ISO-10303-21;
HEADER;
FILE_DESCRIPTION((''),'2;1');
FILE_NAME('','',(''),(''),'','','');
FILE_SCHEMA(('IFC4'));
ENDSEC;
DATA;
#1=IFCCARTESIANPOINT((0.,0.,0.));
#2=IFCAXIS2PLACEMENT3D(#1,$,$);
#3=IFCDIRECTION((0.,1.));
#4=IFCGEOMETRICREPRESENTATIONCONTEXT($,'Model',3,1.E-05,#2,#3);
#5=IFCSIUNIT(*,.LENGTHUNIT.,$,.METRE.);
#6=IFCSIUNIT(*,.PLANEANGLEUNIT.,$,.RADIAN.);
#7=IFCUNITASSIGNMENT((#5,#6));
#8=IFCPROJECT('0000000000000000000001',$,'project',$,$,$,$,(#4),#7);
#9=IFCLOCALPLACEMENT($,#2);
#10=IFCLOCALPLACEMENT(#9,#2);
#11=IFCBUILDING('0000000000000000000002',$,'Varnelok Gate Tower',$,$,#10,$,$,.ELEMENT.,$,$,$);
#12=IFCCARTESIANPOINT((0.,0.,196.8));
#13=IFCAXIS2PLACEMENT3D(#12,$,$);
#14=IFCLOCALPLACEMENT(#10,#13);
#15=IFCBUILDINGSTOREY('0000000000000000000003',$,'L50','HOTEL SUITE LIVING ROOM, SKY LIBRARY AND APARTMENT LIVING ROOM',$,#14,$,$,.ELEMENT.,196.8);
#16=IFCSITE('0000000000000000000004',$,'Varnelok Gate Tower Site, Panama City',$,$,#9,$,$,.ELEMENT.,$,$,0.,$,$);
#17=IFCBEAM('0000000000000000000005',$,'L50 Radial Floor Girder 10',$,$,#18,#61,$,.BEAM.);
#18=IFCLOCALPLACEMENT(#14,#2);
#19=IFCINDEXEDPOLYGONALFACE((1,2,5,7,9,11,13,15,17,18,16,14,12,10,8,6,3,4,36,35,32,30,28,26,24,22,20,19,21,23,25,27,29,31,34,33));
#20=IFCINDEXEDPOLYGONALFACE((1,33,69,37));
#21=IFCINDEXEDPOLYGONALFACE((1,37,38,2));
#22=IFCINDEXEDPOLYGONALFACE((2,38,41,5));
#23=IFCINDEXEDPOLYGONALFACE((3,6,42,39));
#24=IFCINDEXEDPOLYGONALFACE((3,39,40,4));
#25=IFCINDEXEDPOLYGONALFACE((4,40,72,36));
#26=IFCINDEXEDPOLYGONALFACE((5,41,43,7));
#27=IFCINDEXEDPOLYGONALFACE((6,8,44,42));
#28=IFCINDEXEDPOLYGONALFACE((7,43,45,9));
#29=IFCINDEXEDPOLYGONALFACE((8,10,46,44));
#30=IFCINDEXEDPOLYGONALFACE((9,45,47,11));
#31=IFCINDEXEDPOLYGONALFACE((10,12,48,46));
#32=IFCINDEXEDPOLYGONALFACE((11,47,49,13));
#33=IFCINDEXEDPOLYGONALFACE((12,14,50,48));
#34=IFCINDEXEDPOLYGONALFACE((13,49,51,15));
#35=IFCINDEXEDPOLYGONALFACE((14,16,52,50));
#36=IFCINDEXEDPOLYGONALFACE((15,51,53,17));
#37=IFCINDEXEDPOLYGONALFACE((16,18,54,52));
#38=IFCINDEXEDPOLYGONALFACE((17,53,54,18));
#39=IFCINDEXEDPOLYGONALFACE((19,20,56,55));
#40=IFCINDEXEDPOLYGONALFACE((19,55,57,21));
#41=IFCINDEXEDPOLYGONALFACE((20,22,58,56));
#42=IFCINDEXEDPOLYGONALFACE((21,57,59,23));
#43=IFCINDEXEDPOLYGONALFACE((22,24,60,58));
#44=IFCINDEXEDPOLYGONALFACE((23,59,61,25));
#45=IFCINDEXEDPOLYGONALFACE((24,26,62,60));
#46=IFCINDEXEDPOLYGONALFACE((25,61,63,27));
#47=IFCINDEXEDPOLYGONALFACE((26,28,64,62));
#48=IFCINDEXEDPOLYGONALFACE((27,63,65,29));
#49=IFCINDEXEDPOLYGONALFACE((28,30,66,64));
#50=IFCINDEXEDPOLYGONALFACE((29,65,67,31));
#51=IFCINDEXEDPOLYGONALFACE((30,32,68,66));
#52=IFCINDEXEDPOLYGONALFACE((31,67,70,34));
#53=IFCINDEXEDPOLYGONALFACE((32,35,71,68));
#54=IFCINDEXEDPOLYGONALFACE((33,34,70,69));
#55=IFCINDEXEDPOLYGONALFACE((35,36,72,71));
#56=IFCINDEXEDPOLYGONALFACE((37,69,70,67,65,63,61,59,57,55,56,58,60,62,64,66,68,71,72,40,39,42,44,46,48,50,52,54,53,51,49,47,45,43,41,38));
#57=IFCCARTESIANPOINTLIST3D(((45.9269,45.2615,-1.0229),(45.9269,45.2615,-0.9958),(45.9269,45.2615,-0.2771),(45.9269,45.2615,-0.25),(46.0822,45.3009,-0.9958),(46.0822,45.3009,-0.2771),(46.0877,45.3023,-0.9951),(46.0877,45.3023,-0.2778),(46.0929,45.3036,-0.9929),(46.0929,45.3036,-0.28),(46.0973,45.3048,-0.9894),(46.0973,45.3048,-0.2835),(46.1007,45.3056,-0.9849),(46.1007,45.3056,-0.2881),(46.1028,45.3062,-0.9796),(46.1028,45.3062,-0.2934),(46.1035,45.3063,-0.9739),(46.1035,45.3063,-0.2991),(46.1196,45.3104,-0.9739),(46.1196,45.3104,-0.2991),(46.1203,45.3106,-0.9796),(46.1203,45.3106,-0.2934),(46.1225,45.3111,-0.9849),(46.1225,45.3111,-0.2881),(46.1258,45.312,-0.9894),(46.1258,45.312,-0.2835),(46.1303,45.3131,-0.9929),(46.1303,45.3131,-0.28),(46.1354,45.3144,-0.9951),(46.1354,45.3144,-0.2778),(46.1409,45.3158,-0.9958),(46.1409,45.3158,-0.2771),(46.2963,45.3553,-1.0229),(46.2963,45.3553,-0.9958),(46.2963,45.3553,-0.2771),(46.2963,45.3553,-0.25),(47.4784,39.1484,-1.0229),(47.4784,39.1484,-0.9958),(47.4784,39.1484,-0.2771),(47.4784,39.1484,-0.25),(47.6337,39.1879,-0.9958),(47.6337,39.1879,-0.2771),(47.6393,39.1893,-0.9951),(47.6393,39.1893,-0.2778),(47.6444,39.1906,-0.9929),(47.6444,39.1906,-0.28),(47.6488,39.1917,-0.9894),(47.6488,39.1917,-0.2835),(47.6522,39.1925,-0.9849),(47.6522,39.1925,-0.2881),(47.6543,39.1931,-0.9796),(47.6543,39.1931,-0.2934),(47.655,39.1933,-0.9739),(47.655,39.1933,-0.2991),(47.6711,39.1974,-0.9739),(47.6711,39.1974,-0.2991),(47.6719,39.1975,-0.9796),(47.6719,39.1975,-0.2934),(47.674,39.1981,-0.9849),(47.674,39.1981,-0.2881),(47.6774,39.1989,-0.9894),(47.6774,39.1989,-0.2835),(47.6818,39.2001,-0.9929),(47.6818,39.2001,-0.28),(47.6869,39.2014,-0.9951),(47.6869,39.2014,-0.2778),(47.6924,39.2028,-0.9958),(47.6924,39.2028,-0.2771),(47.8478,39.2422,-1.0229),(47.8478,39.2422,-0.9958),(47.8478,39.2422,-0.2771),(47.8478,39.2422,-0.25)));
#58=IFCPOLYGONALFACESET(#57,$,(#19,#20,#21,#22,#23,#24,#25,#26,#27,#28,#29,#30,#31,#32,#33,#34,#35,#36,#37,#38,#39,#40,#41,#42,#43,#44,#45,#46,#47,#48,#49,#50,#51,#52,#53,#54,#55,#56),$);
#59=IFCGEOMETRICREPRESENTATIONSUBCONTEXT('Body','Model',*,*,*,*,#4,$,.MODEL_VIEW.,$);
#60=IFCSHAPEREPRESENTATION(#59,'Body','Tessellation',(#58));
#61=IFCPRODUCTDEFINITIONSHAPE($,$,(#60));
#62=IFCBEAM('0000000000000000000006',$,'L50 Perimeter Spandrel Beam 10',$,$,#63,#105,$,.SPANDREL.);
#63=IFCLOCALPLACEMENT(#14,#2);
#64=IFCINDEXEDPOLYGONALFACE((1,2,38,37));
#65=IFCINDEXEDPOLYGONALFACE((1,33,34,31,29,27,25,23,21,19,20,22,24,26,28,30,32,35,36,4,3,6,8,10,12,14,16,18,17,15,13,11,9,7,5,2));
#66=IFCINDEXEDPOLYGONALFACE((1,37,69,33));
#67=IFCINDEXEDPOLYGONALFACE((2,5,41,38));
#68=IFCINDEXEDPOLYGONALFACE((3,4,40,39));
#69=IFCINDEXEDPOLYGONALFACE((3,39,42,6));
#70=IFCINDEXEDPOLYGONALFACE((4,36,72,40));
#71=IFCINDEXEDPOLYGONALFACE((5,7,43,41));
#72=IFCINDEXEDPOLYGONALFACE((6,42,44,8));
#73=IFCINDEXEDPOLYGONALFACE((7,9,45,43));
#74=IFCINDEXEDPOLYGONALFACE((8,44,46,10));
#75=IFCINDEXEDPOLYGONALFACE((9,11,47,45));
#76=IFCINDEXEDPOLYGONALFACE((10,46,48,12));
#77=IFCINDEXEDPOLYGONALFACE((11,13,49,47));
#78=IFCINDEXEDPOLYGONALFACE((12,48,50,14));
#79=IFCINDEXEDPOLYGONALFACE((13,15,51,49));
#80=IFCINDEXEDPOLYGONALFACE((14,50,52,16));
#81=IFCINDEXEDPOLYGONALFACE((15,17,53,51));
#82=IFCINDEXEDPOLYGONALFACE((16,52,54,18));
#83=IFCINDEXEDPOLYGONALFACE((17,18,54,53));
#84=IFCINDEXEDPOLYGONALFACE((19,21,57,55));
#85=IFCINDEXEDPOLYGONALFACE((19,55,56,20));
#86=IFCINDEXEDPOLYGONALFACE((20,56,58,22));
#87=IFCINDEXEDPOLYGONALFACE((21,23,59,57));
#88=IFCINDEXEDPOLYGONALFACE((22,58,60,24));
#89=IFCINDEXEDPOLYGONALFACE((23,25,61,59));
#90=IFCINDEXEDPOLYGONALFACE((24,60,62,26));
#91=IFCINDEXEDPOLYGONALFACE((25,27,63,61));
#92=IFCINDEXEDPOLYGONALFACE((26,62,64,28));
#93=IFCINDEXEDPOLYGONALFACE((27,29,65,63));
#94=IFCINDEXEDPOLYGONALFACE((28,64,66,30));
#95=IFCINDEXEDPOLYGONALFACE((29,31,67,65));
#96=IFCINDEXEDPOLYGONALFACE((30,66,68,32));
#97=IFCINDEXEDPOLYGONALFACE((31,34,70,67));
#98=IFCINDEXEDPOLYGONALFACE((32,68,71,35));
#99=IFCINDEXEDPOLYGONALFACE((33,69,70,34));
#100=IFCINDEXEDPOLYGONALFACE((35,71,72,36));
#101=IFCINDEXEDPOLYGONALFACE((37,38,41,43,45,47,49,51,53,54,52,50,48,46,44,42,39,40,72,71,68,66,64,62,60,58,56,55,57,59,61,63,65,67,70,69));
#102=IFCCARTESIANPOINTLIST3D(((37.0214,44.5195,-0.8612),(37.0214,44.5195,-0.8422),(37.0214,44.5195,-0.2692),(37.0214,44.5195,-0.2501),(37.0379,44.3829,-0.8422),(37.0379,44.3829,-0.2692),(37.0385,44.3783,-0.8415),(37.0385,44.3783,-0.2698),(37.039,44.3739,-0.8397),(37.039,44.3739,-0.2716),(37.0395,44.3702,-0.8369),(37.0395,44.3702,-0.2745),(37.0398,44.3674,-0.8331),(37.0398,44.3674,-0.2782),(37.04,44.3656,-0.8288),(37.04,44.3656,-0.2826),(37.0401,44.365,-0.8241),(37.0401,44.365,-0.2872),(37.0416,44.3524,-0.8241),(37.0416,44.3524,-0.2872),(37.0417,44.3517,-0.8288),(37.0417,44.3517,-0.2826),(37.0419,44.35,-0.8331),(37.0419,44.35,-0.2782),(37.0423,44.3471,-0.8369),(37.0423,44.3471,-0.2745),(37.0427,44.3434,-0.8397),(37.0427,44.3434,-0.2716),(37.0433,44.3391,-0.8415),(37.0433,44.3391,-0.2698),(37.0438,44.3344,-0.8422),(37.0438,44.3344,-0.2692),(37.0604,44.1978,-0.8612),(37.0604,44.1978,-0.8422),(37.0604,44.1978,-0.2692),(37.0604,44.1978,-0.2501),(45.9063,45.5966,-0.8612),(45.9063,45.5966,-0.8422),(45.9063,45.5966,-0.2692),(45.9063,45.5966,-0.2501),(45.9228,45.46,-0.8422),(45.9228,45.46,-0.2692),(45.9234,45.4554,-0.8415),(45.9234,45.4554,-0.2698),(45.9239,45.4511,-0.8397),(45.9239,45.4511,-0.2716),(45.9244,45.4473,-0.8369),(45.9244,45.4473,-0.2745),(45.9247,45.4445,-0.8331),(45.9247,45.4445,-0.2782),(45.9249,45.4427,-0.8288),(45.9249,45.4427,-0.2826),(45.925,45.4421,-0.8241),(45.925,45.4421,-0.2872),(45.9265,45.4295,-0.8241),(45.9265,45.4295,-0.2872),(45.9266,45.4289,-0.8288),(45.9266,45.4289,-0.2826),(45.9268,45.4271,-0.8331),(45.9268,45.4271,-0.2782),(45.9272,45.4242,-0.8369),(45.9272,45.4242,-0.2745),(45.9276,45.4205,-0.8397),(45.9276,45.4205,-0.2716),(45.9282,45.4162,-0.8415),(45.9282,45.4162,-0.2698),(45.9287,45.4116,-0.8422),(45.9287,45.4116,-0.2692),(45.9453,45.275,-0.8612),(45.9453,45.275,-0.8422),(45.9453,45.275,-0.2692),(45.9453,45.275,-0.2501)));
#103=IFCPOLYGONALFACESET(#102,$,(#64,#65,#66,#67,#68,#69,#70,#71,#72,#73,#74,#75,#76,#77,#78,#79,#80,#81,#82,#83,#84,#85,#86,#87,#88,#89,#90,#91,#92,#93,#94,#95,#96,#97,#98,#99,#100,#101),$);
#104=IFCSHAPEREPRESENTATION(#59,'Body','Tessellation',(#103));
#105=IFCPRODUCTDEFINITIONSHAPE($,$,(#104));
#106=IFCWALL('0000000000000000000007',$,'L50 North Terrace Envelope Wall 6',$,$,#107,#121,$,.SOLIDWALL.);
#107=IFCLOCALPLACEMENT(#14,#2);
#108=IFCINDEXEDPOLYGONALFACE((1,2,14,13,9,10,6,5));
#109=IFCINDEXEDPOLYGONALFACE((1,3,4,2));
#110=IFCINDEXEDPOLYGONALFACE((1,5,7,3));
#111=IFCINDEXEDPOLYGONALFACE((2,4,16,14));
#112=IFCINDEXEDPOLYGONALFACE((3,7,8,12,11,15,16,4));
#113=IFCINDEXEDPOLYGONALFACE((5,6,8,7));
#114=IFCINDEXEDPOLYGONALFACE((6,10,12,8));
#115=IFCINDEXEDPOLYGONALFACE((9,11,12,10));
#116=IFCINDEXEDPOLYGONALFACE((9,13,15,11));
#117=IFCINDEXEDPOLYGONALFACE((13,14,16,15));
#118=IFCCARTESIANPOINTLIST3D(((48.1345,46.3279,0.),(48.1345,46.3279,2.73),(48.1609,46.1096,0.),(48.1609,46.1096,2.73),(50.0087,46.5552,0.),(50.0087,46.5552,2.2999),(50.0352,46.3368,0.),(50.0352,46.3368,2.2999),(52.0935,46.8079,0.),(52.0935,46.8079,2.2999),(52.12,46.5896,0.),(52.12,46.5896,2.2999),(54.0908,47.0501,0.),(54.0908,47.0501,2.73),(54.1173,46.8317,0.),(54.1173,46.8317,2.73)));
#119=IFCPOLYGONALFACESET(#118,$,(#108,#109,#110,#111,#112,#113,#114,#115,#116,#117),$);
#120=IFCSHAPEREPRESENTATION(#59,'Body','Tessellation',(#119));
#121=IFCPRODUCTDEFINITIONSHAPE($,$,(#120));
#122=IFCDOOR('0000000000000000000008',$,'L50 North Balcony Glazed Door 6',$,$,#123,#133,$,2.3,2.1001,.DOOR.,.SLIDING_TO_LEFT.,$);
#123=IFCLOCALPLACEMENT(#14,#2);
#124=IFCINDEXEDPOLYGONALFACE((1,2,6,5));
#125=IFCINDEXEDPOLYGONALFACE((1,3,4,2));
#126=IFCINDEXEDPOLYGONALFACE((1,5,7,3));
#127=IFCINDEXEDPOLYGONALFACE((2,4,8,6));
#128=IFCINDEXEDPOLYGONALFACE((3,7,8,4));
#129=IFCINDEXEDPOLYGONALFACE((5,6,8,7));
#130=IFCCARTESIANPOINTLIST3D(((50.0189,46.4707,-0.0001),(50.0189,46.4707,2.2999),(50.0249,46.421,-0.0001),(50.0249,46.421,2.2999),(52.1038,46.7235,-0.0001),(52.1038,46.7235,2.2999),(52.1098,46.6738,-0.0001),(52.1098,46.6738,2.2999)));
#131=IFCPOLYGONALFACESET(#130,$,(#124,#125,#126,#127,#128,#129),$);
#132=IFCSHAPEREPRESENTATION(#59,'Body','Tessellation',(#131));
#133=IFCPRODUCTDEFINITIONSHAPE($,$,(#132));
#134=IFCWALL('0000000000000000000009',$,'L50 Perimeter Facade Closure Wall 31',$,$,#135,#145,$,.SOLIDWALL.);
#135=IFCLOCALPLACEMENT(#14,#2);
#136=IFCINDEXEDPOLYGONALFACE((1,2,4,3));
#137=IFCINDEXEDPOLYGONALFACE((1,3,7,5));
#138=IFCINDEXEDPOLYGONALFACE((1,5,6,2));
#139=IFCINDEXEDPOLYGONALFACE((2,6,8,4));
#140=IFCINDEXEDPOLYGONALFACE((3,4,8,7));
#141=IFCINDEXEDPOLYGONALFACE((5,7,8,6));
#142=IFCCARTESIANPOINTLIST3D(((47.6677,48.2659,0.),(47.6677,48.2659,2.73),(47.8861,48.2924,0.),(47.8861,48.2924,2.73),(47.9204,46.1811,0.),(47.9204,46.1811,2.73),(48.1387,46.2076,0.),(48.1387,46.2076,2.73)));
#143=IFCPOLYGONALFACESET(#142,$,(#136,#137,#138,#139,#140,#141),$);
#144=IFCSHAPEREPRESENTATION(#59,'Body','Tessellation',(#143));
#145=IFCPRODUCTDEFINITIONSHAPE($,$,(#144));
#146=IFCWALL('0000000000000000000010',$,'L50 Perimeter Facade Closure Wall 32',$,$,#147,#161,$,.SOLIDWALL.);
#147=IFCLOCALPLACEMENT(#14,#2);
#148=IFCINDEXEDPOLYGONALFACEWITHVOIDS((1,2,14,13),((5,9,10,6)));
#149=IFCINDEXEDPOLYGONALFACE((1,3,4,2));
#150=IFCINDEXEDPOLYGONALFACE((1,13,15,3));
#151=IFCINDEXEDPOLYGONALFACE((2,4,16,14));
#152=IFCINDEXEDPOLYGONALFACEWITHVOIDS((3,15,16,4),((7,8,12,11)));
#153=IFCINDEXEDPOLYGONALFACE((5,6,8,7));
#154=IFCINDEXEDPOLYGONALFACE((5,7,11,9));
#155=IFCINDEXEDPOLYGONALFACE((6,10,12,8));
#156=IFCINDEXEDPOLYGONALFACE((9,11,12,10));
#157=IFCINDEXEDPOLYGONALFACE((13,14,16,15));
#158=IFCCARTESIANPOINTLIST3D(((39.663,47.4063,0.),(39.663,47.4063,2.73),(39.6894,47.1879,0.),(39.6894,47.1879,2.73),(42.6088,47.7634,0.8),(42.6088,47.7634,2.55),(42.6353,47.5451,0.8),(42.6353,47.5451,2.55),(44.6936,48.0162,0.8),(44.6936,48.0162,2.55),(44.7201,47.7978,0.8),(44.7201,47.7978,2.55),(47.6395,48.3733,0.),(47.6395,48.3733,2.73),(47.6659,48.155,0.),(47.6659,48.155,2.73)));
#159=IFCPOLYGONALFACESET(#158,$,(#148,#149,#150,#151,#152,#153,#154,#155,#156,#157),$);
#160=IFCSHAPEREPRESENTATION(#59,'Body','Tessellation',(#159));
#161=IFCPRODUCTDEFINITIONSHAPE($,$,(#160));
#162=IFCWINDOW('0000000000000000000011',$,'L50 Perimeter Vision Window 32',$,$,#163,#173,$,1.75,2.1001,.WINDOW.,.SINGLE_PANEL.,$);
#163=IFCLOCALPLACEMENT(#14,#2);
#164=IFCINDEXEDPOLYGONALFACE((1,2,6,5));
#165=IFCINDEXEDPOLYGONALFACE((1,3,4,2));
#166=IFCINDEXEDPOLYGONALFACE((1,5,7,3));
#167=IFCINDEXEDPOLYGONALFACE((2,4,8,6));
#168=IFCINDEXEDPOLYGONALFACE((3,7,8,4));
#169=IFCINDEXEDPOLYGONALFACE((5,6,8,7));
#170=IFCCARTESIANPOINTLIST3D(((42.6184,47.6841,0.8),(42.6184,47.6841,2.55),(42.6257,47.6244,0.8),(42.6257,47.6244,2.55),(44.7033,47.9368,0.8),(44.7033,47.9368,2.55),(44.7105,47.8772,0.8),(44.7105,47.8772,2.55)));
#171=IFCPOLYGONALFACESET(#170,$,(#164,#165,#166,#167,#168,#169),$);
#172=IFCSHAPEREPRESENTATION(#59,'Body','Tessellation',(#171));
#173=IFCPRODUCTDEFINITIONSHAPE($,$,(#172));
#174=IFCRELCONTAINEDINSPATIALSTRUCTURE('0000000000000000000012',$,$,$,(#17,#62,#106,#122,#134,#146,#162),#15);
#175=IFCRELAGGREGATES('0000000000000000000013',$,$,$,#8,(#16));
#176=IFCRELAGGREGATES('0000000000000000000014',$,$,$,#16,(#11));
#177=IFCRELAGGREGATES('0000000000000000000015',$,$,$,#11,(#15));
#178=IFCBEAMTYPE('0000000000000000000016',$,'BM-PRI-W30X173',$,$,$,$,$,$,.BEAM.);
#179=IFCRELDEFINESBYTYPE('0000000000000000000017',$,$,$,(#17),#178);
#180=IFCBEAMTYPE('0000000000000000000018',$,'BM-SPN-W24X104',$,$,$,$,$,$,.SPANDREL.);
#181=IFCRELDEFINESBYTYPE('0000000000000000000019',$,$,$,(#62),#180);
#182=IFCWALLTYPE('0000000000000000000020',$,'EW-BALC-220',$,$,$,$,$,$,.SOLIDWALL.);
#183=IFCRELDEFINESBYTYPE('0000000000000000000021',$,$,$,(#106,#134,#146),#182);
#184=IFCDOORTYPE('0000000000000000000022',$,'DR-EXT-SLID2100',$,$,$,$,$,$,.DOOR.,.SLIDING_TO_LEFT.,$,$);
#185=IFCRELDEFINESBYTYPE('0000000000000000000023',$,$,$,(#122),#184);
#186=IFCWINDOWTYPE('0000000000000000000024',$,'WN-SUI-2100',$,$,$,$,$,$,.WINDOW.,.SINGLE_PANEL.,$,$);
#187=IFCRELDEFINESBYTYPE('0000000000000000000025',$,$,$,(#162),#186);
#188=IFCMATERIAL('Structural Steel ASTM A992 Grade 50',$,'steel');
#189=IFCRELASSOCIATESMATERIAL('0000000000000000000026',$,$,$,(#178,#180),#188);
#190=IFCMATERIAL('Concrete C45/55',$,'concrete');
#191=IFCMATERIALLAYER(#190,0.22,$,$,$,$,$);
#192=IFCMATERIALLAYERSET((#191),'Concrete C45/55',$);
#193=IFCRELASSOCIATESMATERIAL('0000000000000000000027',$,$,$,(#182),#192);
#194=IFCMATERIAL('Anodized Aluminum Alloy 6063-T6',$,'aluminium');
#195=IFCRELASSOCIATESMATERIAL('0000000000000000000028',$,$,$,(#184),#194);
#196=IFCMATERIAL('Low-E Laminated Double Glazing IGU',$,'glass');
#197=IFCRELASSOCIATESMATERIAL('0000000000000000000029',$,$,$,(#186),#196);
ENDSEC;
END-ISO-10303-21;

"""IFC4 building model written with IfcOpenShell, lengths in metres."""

from ifc_helpers import new_model, si_unit, direction, frame, frame_2d, origin, origin_2d, place, context, subcontext, project, spatial, rectangle, i_section, extrude, material, layer, layer_set, material_profile, profile_set, type_object, element, fill, save


model = new_model("IFC4")

# Units and contexts
model_context = context("Model", 3, precision=1e-05, world=origin(), true_north=direction((0.0, 1.0)))
body_context = subcontext(model_context, "Body", "Model", "MODEL_VIEW")
ifc_project = project(units=[si_unit("LENGTHUNIT", "METRE"), si_unit("PLANEANGLEUNIT", "RADIAN")], contexts=[model_context])

# Site, building, storey
site_placement = place(None, origin())
site = spatial("IfcSite", under=ifc_project, at=site_placement, Name="Varnelok Gate Tower Site, Panama City", CompositionType="ELEMENT", RefElevation=0.0)
building_placement = place(site_placement, origin())
building = spatial("IfcBuilding", under=site, at=building_placement, Name="Varnelok Gate Tower", CompositionType="ELEMENT")
storey_placement = place(building_placement, frame((0.0, 0.0, 196.8)))
storey = spatial("IfcBuildingStorey", under=building, at=storey_placement, Name="L50", Description="HOTEL SUITE LIVING ROOM, SKY LIBRARY AND APARTMENT LIVING ROOM", CompositionType="ELEMENT", Elevation=196.8)

# Shared definitions
ifc_material_1 = material(Name="Structural Steel ASTM A992 Grade 50", Category="steel")

# Beams
ifc_material_profile_1 = material_profile(ifc_material_1, i_section(OverallWidth=0.3811, OverallDepth=0.7729, WebThickness=0.0166, FlangeThickness=0.0271, FilletRadius=0.022, at=origin_2d()), Name="W30X173")
ifc_profile_set_1 = profile_set([ifc_material_profile_1], Name="Structural Steel ASTM A992 Grade 50")
beam_type_1 = type_object("IfcBeamType", Name="BM-PRI-W30X173", PredefinedType="BEAM", material=ifc_profile_set_1)
beam_1_placement = place(storey_placement, frame((47.6631, 39.1953, -0.6365), z_axis=(-0.246004, 0.969269, 0.0), x_axis=(-0.969269, -0.246004, 0.0)))
element("IfcBeam", 1, at=beam_1_placement, inside=storey, type_object=beam_type_1, Name="L50 Radial Floor Girder 10", PredefinedType="BEAM", context=body_context, shape_type="SweptSolid", body=[
    extrude(i_section(OverallWidth=0.3811, OverallDepth=0.7729, WebThickness=0.0166, FlangeThickness=0.0271, FilletRadius=0.022, at=origin_2d()), origin(), (0.0, 0.0, 1.0), 6.3069),
])
ifc_material_profile_2 = material_profile(ifc_material_1, i_section(OverallWidth=0.324, OverallDepth=0.6111, WebThickness=0.0127, FlangeThickness=0.019, FilletRadius=0.0181, at=origin_2d()), Name="W24X104")
ifc_profile_set_2 = profile_set([ifc_material_profile_2], Name="Structural Steel ASTM A992 Grade 50")
beam_type_2 = type_object("IfcBeamType", Name="BM-SPN-W24X104", PredefinedType="SPANDREL", material=ifc_profile_set_2)
beam_2_placement = place(storey_placement, frame((45.9258, 45.4358, -0.5557), z_axis=(-0.992731, -0.120351, 0.0), x_axis=(0.120351, -0.992731, 0.0)))
element("IfcBeam", 2, at=beam_2_placement, inside=storey, type_object=beam_type_2, Name="L50 Perimeter Spandrel Beam 10", PredefinedType="SPANDREL", context=body_context, shape_type="SweptSolid", body=[
    extrude(i_section(OverallWidth=0.324, OverallDepth=0.6111, WebThickness=0.0127, FlangeThickness=0.019, FilletRadius=0.0181, at=origin_2d()), origin(), (0.0, 0.0, 1.0), 8.95),
])

# Wall, opening, door
ifc_material_2 = material(Name="Concrete C45/55", Category="concrete")
ifc_layer_1 = layer(ifc_material_2, 0.22)
ifc_layer_set_1 = layer_set([ifc_layer_1], Name="Concrete C45/55")
wall_type_1 = type_object("IfcWallType", Name="EW-BALC-220", PredefinedType="SOLIDWALL", material=ifc_layer_set_1)
wall_1_placement = place(storey_placement, frame((48.1477, 46.2188, 0.0), z_axis=(0.0, 0.0, 1.0), x_axis=(0.99273, 0.120363, 0.0)))
wall_1 = element("IfcWall", 3, at=wall_1_placement, inside=storey, type_object=wall_type_1, Name="L50 North Terrace Envelope Wall 6", PredefinedType="SOLIDWALL", context=body_context, shape_type="SweptSolid", body=[
    extrude(rectangle(XDim=6.0, YDim=0.22, at=frame_2d((3.0, 0.0))), origin(), (0.0, 0.0, 1.0), 2.73),
])
opening_1_placement = place(wall_1_placement, frame((1.8879, 0.0, 0.0)))
opening_1 = element("IfcOpeningElement", 4, at=opening_1_placement, cuts=wall_1, PredefinedType="OPENING", context=body_context, shape_type="SweptSolid", body=[
    extrude(rectangle(XDim=2.1001, YDim=2.3, at=frame_2d((1.05, 1.1499))), frame((0.0, 0.1199, 0.0), z_axis=(0.0, -1.0, 0.0), x_axis=(1.0, 0.0, 0.0)), (0.0, 0.0, 1.0), 0.24),
])
ifc_material_3 = material(Name="Anodized Aluminum Alloy 6063-T6", Category="aluminium")
door_type_1 = type_object("IfcDoorType", Name="DR-EXT-SLID2100", OperationType="SLIDING_TO_LEFT", PredefinedType="DOOR", material=ifc_material_3)
door_1_placement = place(opening_1_placement, origin())
door_1 = element("IfcDoor", 5, at=door_1_placement, inside=storey, type_object=door_type_1, Name="L50 North Balcony Glazed Door 6", OperationType="SLIDING_TO_LEFT", OverallHeight=2.3, OverallWidth=2.1001, PredefinedType="DOOR", context=body_context, shape_type="SweptSolid", body=[
    extrude(rectangle(XDim=2.1001, YDim=2.3, at=frame_2d((1.05, 1.1499))), frame((0.0, 0.0249, 0.0), z_axis=(0.0, -1.0, 0.0), x_axis=(1.0, 0.0, 0.0)), (0.0, 0.0, 1.0), 0.05),
])
fill(opening_1, door_1)

# Wall
wall_2_placement = place(storey_placement, frame((48.0295, 46.1943, 0.0), z_axis=(0.0, 0.0, 1.0), x_axis=(-0.120314, 0.992736, 0.0)))
element("IfcWall", 6, at=wall_2_placement, inside=storey, type_object=wall_type_1, Name="L50 Perimeter Facade Closure Wall 31", PredefinedType="SOLIDWALL", context=body_context, shape_type="SweptSolid", body=[
    extrude(rectangle(XDim=2.1001, YDim=0.22, at=frame_2d((1.05, 0.0))), origin(), (0.0, 0.0, 1.0), 2.73),
])

# Wall, opening, window
wall_3_placement = place(storey_placement, frame((47.6528, 48.2642, 0.0), z_axis=(0.0, 0.0, 1.0), x_axis=(-0.992731, -0.120354, 0.0)))
wall_3 = element("IfcWall", 7, at=wall_3_placement, inside=storey, type_object=wall_type_1, Name="L50 Perimeter Facade Closure Wall 32", PredefinedType="SOLIDWALL", context=body_context, shape_type="SweptSolid", body=[
    extrude(rectangle(XDim=8.0349, YDim=0.22, at=frame_2d((4.0176, 0.0))), origin(), (0.0, 0.0, 1.0), 2.73),
])
opening_2_placement = place(wall_3_placement, frame((2.9675, 0.0, 0.8)))
opening_2 = element("IfcOpeningElement", 8, at=opening_2_placement, cuts=wall_3, PredefinedType="OPENING", context=body_context, shape_type="SweptSolid", body=[
    extrude(rectangle(XDim=2.1001, YDim=1.75, at=frame_2d((1.05, 0.875))), frame((0.0, 0.1199, 0.0), z_axis=(0.0, -1.0, 0.0), x_axis=(1.0, 0.0, 0.0)), (0.0, 0.0, 1.0), 0.24),
])
ifc_material_4 = material(Name="Low-E Laminated Double Glazing IGU", Category="glass")
window_type = type_object("IfcWindowType", Name="WN-SUI-2100", PartitioningType="SINGLE_PANEL", PredefinedType="WINDOW", material=ifc_material_4)
window_placement = place(opening_2_placement, origin())
window = element("IfcWindow", 9, at=window_placement, inside=storey, type_object=window_type, Name="L50 Perimeter Vision Window 32", OverallHeight=1.75, OverallWidth=2.1001, PartitioningType="SINGLE_PANEL", PredefinedType="WINDOW", context=body_context, shape_type="SweptSolid", body=[
    extrude(rectangle(XDim=2.1001, YDim=1.75, at=frame_2d((1.05, 0.875))), frame((0.0, 0.03, 0.0), z_axis=(0.0, -1.0, 0.0), x_axis=(1.0, 0.0, 0.0)), (0.0, 0.0, 1.0), 0.0601),
])
fill(opening_2, window)

save(model, "model.ifc")
